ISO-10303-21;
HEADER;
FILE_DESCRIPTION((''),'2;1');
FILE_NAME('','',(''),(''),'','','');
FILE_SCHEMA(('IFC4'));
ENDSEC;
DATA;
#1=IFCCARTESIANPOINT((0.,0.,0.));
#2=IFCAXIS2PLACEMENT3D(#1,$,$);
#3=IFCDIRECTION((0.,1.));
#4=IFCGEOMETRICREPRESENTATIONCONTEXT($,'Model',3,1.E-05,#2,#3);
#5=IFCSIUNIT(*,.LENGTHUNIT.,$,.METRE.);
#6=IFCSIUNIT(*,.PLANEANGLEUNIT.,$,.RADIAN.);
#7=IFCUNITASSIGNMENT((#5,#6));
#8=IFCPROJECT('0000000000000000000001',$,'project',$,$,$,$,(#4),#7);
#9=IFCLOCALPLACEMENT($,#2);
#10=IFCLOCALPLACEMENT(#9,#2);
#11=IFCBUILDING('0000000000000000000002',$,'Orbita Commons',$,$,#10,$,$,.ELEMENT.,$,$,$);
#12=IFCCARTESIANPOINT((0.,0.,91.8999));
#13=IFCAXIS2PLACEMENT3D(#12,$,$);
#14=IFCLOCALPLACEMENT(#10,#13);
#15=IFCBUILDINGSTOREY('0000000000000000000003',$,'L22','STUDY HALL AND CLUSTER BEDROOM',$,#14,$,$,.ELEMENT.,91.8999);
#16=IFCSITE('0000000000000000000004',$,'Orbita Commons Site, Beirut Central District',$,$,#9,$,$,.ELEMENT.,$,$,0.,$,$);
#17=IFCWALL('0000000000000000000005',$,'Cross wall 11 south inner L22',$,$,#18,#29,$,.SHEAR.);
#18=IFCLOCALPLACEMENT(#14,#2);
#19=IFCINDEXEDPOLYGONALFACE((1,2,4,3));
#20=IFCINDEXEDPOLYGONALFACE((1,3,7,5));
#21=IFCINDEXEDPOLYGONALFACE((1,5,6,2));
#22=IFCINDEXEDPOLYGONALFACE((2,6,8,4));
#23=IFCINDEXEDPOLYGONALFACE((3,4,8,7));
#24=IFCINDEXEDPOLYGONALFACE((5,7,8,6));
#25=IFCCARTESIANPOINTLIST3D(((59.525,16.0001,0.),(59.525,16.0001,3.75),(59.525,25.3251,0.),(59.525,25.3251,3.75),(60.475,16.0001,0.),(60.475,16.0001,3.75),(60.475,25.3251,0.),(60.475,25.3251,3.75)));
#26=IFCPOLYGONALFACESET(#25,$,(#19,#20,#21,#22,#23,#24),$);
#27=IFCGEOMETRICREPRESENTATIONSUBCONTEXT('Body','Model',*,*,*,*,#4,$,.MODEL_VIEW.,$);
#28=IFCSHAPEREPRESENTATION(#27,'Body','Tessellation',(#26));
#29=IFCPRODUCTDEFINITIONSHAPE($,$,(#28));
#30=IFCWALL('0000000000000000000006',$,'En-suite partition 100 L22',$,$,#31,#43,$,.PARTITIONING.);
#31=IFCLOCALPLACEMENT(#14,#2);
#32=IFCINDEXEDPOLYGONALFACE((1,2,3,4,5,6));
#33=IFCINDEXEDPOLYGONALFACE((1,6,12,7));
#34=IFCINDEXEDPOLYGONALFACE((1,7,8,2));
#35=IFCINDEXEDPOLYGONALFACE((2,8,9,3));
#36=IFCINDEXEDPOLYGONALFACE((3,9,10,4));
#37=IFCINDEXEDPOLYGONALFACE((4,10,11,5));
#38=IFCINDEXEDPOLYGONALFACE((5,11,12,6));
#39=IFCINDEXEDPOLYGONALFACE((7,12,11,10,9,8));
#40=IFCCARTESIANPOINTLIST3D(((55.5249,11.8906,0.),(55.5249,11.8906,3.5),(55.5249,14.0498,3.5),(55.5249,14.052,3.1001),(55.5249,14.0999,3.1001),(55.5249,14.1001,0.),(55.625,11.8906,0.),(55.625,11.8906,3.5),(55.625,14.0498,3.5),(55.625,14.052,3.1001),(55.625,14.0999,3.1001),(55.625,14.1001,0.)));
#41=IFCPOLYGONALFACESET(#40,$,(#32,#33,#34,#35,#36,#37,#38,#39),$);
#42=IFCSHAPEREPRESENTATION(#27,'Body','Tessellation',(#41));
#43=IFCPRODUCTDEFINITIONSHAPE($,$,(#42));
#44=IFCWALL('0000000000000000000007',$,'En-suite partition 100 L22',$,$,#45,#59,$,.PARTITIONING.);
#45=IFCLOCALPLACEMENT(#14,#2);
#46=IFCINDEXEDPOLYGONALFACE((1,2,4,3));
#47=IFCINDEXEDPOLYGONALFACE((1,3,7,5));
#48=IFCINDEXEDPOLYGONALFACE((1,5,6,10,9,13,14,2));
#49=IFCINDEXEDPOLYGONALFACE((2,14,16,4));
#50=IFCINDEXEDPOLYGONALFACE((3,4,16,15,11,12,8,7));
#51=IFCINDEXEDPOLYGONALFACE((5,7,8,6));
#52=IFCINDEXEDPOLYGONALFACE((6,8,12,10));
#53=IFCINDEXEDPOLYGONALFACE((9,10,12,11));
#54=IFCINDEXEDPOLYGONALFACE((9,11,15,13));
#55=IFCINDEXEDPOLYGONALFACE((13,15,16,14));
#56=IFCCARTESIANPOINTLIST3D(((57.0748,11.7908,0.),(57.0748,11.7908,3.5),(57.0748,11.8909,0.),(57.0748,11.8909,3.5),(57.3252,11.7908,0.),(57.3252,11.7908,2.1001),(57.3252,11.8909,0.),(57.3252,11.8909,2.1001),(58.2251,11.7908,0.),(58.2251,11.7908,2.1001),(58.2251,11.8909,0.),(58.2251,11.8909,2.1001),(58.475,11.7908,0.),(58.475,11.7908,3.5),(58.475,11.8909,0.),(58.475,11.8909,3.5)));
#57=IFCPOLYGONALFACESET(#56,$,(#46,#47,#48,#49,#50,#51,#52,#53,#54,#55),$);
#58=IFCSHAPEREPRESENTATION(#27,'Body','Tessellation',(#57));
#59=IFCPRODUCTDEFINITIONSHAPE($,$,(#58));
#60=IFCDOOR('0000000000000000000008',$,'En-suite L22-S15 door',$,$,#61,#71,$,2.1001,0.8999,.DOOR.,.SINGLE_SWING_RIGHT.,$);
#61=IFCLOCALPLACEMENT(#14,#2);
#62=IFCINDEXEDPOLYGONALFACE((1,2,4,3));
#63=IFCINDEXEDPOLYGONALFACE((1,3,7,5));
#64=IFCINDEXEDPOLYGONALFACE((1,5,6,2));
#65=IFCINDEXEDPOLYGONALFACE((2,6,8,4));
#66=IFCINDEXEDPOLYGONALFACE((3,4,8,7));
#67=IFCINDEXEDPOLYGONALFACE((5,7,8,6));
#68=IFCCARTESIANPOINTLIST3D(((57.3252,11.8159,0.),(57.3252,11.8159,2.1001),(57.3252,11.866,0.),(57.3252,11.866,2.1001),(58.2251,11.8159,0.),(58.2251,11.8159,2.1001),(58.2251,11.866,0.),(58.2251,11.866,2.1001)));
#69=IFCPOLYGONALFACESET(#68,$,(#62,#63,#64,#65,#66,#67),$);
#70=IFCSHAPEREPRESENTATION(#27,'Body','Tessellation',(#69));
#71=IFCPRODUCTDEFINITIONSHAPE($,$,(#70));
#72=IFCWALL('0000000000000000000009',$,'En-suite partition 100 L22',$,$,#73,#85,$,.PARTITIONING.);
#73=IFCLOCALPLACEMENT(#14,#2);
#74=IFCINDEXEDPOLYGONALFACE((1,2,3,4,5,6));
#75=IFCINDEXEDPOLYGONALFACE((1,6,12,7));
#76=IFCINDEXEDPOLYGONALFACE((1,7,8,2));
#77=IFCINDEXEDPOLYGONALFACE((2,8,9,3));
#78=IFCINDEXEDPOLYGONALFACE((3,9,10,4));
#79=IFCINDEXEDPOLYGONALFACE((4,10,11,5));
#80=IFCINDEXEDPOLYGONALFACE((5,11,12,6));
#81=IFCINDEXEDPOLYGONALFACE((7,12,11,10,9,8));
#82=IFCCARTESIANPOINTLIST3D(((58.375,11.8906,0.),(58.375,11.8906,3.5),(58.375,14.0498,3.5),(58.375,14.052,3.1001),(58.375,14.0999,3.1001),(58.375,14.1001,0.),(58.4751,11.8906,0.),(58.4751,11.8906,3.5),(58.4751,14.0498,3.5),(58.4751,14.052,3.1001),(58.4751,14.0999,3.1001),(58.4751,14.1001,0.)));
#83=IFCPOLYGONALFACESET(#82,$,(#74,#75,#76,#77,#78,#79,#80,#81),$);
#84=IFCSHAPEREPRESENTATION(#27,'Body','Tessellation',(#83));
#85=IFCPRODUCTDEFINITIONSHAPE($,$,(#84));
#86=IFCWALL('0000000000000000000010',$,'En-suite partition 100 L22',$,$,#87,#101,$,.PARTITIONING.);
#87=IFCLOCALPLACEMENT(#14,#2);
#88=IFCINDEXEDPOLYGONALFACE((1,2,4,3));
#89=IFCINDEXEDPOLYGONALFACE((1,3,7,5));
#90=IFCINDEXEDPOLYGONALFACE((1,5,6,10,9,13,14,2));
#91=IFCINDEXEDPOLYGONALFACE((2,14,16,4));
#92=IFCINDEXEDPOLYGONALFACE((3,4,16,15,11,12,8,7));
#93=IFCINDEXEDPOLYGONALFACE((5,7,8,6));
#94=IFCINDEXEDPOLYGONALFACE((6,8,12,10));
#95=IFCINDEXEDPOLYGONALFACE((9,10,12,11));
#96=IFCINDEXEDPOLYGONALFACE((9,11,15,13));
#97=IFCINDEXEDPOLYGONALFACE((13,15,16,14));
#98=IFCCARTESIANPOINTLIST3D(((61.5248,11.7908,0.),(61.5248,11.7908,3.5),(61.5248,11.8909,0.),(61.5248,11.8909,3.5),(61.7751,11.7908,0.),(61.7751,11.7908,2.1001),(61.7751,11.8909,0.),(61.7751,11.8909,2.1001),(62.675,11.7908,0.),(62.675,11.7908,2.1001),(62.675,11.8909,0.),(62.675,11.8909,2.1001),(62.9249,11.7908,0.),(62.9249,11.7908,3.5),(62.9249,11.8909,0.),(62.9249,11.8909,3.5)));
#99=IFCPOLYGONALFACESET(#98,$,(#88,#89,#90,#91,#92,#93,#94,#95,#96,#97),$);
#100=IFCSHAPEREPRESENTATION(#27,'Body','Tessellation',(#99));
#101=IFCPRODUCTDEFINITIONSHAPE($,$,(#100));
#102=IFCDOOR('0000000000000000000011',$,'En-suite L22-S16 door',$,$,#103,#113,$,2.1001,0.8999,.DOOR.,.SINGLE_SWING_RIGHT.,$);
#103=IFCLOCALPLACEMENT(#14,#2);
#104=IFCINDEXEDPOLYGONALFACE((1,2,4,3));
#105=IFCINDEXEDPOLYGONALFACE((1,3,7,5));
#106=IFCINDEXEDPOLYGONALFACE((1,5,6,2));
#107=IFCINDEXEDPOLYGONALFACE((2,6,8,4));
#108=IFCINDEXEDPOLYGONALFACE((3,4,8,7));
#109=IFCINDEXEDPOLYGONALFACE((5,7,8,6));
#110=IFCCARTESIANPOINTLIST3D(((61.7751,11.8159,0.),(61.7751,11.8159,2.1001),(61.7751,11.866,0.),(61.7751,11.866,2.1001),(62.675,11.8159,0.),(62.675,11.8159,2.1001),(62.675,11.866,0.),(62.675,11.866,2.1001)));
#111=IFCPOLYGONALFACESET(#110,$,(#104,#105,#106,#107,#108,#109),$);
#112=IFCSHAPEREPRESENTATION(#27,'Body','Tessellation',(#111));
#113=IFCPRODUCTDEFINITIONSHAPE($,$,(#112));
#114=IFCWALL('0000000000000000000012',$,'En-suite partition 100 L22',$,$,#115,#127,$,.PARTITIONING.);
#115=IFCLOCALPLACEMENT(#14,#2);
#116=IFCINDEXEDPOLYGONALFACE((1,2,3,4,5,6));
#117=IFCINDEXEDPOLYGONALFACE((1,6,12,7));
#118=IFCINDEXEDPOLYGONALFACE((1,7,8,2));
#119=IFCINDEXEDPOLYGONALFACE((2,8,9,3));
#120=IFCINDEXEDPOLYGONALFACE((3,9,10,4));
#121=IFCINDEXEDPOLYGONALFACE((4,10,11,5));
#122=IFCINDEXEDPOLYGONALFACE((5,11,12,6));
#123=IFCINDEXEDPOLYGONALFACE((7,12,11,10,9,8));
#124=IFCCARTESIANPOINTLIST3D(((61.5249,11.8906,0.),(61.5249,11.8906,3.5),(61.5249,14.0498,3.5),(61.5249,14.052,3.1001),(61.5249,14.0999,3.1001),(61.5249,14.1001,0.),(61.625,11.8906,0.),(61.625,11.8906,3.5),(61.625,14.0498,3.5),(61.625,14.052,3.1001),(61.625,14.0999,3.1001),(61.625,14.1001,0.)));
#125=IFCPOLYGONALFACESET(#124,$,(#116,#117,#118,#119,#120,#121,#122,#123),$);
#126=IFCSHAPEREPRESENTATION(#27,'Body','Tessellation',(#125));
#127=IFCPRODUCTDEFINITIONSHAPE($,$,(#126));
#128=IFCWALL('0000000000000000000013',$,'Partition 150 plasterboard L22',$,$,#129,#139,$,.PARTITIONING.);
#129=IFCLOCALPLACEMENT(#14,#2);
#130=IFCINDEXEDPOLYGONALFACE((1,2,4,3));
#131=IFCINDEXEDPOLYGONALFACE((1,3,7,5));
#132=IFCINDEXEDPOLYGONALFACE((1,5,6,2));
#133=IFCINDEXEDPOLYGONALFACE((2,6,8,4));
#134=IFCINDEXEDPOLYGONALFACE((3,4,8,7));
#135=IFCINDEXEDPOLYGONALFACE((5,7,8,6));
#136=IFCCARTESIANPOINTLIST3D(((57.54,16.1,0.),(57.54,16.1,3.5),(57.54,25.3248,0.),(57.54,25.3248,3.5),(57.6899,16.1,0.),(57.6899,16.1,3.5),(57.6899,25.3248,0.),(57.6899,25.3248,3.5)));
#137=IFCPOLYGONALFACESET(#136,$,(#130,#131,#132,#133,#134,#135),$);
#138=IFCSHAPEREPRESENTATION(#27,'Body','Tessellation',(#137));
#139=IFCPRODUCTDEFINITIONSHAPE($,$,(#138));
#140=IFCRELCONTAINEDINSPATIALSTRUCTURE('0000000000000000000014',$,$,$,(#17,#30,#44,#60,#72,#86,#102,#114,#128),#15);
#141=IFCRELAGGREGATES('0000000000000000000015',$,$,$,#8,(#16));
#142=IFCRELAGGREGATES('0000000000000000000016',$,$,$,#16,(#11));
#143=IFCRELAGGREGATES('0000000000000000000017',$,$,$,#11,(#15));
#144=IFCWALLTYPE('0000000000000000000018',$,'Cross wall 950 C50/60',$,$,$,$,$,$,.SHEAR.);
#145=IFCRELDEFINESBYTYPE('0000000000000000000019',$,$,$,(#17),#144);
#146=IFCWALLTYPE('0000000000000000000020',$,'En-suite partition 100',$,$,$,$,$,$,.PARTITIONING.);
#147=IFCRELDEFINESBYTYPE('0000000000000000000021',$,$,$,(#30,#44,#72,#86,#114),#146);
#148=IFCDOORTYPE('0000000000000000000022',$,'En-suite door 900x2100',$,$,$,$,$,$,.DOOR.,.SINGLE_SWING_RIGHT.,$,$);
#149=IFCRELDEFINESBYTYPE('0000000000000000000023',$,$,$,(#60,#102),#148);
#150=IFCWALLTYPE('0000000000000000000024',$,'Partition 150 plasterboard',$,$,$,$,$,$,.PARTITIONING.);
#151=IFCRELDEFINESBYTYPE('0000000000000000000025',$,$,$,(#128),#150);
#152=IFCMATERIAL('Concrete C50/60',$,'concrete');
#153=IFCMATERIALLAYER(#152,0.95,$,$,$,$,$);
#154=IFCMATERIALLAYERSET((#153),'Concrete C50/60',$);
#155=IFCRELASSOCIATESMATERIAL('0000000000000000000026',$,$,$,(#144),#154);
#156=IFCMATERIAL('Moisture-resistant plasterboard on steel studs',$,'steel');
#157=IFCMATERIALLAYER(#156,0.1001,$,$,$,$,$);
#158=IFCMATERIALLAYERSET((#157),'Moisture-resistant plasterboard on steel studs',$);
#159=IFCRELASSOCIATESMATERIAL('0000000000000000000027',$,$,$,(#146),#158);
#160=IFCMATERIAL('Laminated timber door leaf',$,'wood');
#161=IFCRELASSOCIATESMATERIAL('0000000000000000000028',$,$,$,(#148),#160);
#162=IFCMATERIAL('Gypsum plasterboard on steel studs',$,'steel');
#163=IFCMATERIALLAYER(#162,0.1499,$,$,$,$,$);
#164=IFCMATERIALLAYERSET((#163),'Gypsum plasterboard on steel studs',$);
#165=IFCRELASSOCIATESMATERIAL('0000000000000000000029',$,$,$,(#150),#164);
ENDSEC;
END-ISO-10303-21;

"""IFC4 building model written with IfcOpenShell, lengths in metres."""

from ifc_helpers import new_model, si_unit, direction, frame, frame_2d, origin, place, context, subcontext, project, spatial, polyline, rectangle, outline, extrude, material, layer, layer_set, type_object, element, fill, save


model = new_model("IFC4")

# Units and contexts
model_context = context("Model", 3, precision=1e-05, world=origin(), true_north=direction((0.0, 1.0)))
body_context = subcontext(model_context, "Body", "Model", "MODEL_VIEW")
ifc_project = project(units=[si_unit("LENGTHUNIT", "METRE"), si_unit("PLANEANGLEUNIT", "RADIAN")], contexts=[model_context])

# Site, building, storey
site_placement = place(None, origin())
site = spatial("IfcSite", under=ifc_project, at=site_placement, Name="Orbita Commons Site, Beirut Central District", CompositionType="ELEMENT", RefElevation=0.0)
building_placement = place(site_placement, origin())
building = spatial("IfcBuilding", under=site, at=building_placement, Name="Orbita Commons", CompositionType="ELEMENT")
storey_placement = place(building_placement, frame((0.0, 0.0, 91.8999)))
storey = spatial("IfcBuildingStorey", under=building, at=storey_placement, Name="L22", Description="STUDY HALL AND CLUSTER BEDROOM", CompositionType="ELEMENT", Elevation=91.8999)

# Walls
ifc_material_1 = material(Name="Concrete C50/60", Category="concrete")
ifc_layer_1 = layer(ifc_material_1, 0.95)
ifc_layer_set_1 = layer_set([ifc_layer_1], Name="Concrete C50/60")
wall_type_1 = type_object("IfcWallType", Name="Cross wall 950 C50/60", PredefinedType="SHEAR", material=ifc_layer_set_1)
wall_1_placement = place(storey_placement, frame((60.0, 16.0, 0.0), z_axis=(0.0, 0.0, 1.0), x_axis=(0.0, 1.0, 0.0)))
element("IfcWall", 1, at=wall_1_placement, inside=storey, type_object=wall_type_1, Name="Cross wall 11 south inner L22", PredefinedType="SHEAR", context=body_context, shape_type="SweptSolid", body=[
    extrude(rectangle(XDim=9.325, YDim=0.95, at=frame_2d((4.6626, 0.0))), origin(), (0.0, 0.0, 1.0), 3.75),
])
ifc_material_2 = material(Name="Moisture-resistant plasterboard on steel studs", Category="steel")
ifc_layer_2 = layer(ifc_material_2, 0.1001)
ifc_layer_set_2 = layer_set([ifc_layer_2], Name="Moisture-resistant plasterboard on steel studs")
wall_type_2 = type_object("IfcWallType", Name="En-suite partition 100", PredefinedType="PARTITIONING", material=ifc_layer_set_2)
wall_2_placement = place(storey_placement, frame((55.575, 11.8906, 0.0), z_axis=(0.0, 0.0, 1.0), x_axis=(0.0, 1.0, 0.0)))
element("IfcWall", 2, at=wall_2_placement, inside=storey, type_object=wall_type_2, Name="En-suite partition 100 L22", PredefinedType="PARTITIONING", context=body_context, shape_type="SweptSolid", body=[
    extrude(outline(polyline([(0.0, 0.0), (2.2095, 0.0), (2.2092, 3.1001), (2.1614, 3.1001), (2.1592, 3.5), (0.0, 3.5), (0.0, 0.0)])), frame((0.0, 0.05, 0.0), z_axis=(0.0, -1.0, 0.0), x_axis=(1.0, 0.0, 0.0)), (0.0, 0.0, 1.0), 0.1001),
])

# Wall, opening, door
wall_3_placement = place(storey_placement, frame((58.4751, 11.8408, 0.0), z_axis=(0.0, 0.0, 1.0), x_axis=(-1.0, 0.0, 0.0)))
wall_3 = element("IfcWall", 3, at=wall_3_placement, inside=storey, type_object=wall_type_2, Name="En-suite partition 100 L22", PredefinedType="PARTITIONING", context=body_context, shape_type="SweptSolid", body=[
    extrude(rectangle(XDim=1.4001, YDim=0.1001, at=frame_2d((0.7002, 0.0))), origin(), (0.0, 0.0, 1.0), 3.5),
])
opening_1_placement = place(wall_3_placement, frame((0.25, 0.0, 0.0)))
opening_1 = element("IfcOpeningElement", 4, at=opening_1_placement, cuts=wall_3, PredefinedType="OPENING", context=body_context, shape_type="SweptSolid", body=[
    extrude(rectangle(XDim=0.8999, YDim=2.1001, at=frame_2d((0.45, 1.05))), frame((0.0, 0.0601, 0.0), z_axis=(0.0, -1.0, 0.0), x_axis=(1.0, 0.0, 0.0)), (0.0, 0.0, 1.0), 0.1201),
])
ifc_material_3 = material(Name="Laminated timber door leaf", Category="wood")
door_type_1 = type_object("IfcDoorType", Name="En-suite door 900x2100", OperationType="SINGLE_SWING_RIGHT", PredefinedType="DOOR", material=ifc_material_3)
door_1_placement = place(opening_1_placement, origin())
door_1 = element("IfcDoor", 5, at=door_1_placement, inside=storey, type_object=door_type_1, Name="En-suite L22-S15 door", OperationType="SINGLE_SWING_RIGHT", OverallHeight=2.1001, OverallWidth=0.8999, PredefinedType="DOOR", context=body_context, shape_type="SweptSolid", body=[
    extrude(rectangle(XDim=0.8999, YDim=2.1001, at=frame_2d((0.45, 1.05))), frame((0.0, 0.0249, 0.0), z_axis=(0.0, -1.0, 0.0), x_axis=(1.0, 0.0, 0.0)), (0.0, 0.0, 1.0), 0.05),
])
fill(opening_1, door_1)

# Wall
wall_4_placement = place(storey_placement, frame((58.425, 11.8906, 0.0), z_axis=(0.0, 0.0, 1.0), x_axis=(0.0, 1.0, 0.0)))
element("IfcWall", 6, at=wall_4_placement, inside=storey, type_object=wall_type_2, Name="En-suite partition 100 L22", PredefinedType="PARTITIONING", context=body_context, shape_type="SweptSolid", body=[
    extrude(outline(polyline([(0.0, 0.0), (2.2095, 0.0), (2.2092, 3.1001), (2.1614, 3.1001), (2.1592, 3.5), (0.0, 3.5), (0.0, 0.0)])), frame((0.0, 0.05, 0.0), z_axis=(0.0, -1.0, 0.0), x_axis=(1.0, 0.0, 0.0)), (0.0, 0.0, 1.0), 0.1001),
])

# Wall, opening, door
wall_5_placement = place(storey_placement, frame((62.925, 11.8408, 0.0), z_axis=(0.0, 0.0, 1.0), x_axis=(-1.0, 0.0, 0.0)))
wall_5 = element("IfcWall", 7, at=wall_5_placement, inside=storey, type_object=wall_type_2, Name="En-suite partition 100 L22", PredefinedType="PARTITIONING", context=body_context, shape_type="SweptSolid", body=[
    extrude(rectangle(XDim=1.4001, YDim=0.1001, at=frame_2d((0.7002, 0.0))), origin(), (0.0, 0.0, 1.0), 3.5),
])
opening_2_placement = place(wall_5_placement, frame((0.25, 0.0, 0.0)))
opening_2 = element("IfcOpeningElement", 8, at=opening_2_placement, cuts=wall_5, PredefinedType="OPENING", context=body_context, shape_type="SweptSolid", body=[
    extrude(rectangle(XDim=0.8999, YDim=2.1001, at=frame_2d((0.45, 1.05))), frame((0.0, 0.0601, 0.0), z_axis=(0.0, -1.0, 0.0), x_axis=(1.0, 0.0, 0.0)), (0.0, 0.0, 1.0), 0.1201),
])
door_2_placement = place(opening_2_placement, origin())
door_2 = element("IfcDoor", 9, at=door_2_placement, inside=storey, type_object=door_type_1, Name="En-suite L22-S16 door", OperationType="SINGLE_SWING_RIGHT", OverallHeight=2.1001, OverallWidth=0.8999, PredefinedType="DOOR", context=body_context, shape_type="SweptSolid", body=[
    extrude(rectangle(XDim=0.8999, YDim=2.1001, at=frame_2d((0.45, 1.05))), frame((0.0, 0.0249, 0.0), z_axis=(0.0, -1.0, 0.0), x_axis=(1.0, 0.0, 0.0)), (0.0, 0.0, 1.0), 0.05),
])
fill(opening_2, door_2)

# Walls
wall_6_placement = place(storey_placement, frame((61.575, 11.8906, 0.0), z_axis=(0.0, 0.0, 1.0), x_axis=(0.0, 1.0, 0.0)))
element("IfcWall", 10, at=wall_6_placement, inside=storey, type_object=wall_type_2, Name="En-suite partition 100 L22", PredefinedType="PARTITIONING", context=body_context, shape_type="SweptSolid", body=[
    extrude(outline(polyline([(0.0, 0.0), (2.2095, 0.0), (2.2092, 3.1001), (2.1614, 3.1001), (2.1592, 3.5), (0.0, 3.5), (0.0, 0.0)])), frame((0.0, 0.05, 0.0), z_axis=(0.0, -1.0, 0.0), x_axis=(1.0, 0.0, 0.0)), (0.0, 0.0, 1.0), 0.1001),
])
ifc_material_4 = material(Name="Gypsum plasterboard on steel studs", Category="steel")
ifc_layer_3 = layer(ifc_material_4, 0.1499)
ifc_layer_set_3 = layer_set([ifc_layer_3], Name="Gypsum plasterboard on steel studs")
wall_type_3 = type_object("IfcWallType", Name="Partition 150 plasterboard", PredefinedType="PARTITIONING", material=ifc_layer_set_3)
wall_7_placement = place(storey_placement, frame((57.615, 16.1001, 0.0), z_axis=(0.0, 0.0, 1.0), x_axis=(0.0, 1.0, 0.0)))
element("IfcWall", 11, at=wall_7_placement, inside=storey, type_object=wall_type_3, Name="Partition 150 plasterboard L22", PredefinedType="PARTITIONING", context=body_context, shape_type="SweptSolid", body=[
    extrude(rectangle(XDim=9.2249, YDim=0.1499, at=frame_2d((4.6123, 0.0))), origin(), (0.0, 0.0, 1.0), 3.5),
])

save(model, "model.ifc")
